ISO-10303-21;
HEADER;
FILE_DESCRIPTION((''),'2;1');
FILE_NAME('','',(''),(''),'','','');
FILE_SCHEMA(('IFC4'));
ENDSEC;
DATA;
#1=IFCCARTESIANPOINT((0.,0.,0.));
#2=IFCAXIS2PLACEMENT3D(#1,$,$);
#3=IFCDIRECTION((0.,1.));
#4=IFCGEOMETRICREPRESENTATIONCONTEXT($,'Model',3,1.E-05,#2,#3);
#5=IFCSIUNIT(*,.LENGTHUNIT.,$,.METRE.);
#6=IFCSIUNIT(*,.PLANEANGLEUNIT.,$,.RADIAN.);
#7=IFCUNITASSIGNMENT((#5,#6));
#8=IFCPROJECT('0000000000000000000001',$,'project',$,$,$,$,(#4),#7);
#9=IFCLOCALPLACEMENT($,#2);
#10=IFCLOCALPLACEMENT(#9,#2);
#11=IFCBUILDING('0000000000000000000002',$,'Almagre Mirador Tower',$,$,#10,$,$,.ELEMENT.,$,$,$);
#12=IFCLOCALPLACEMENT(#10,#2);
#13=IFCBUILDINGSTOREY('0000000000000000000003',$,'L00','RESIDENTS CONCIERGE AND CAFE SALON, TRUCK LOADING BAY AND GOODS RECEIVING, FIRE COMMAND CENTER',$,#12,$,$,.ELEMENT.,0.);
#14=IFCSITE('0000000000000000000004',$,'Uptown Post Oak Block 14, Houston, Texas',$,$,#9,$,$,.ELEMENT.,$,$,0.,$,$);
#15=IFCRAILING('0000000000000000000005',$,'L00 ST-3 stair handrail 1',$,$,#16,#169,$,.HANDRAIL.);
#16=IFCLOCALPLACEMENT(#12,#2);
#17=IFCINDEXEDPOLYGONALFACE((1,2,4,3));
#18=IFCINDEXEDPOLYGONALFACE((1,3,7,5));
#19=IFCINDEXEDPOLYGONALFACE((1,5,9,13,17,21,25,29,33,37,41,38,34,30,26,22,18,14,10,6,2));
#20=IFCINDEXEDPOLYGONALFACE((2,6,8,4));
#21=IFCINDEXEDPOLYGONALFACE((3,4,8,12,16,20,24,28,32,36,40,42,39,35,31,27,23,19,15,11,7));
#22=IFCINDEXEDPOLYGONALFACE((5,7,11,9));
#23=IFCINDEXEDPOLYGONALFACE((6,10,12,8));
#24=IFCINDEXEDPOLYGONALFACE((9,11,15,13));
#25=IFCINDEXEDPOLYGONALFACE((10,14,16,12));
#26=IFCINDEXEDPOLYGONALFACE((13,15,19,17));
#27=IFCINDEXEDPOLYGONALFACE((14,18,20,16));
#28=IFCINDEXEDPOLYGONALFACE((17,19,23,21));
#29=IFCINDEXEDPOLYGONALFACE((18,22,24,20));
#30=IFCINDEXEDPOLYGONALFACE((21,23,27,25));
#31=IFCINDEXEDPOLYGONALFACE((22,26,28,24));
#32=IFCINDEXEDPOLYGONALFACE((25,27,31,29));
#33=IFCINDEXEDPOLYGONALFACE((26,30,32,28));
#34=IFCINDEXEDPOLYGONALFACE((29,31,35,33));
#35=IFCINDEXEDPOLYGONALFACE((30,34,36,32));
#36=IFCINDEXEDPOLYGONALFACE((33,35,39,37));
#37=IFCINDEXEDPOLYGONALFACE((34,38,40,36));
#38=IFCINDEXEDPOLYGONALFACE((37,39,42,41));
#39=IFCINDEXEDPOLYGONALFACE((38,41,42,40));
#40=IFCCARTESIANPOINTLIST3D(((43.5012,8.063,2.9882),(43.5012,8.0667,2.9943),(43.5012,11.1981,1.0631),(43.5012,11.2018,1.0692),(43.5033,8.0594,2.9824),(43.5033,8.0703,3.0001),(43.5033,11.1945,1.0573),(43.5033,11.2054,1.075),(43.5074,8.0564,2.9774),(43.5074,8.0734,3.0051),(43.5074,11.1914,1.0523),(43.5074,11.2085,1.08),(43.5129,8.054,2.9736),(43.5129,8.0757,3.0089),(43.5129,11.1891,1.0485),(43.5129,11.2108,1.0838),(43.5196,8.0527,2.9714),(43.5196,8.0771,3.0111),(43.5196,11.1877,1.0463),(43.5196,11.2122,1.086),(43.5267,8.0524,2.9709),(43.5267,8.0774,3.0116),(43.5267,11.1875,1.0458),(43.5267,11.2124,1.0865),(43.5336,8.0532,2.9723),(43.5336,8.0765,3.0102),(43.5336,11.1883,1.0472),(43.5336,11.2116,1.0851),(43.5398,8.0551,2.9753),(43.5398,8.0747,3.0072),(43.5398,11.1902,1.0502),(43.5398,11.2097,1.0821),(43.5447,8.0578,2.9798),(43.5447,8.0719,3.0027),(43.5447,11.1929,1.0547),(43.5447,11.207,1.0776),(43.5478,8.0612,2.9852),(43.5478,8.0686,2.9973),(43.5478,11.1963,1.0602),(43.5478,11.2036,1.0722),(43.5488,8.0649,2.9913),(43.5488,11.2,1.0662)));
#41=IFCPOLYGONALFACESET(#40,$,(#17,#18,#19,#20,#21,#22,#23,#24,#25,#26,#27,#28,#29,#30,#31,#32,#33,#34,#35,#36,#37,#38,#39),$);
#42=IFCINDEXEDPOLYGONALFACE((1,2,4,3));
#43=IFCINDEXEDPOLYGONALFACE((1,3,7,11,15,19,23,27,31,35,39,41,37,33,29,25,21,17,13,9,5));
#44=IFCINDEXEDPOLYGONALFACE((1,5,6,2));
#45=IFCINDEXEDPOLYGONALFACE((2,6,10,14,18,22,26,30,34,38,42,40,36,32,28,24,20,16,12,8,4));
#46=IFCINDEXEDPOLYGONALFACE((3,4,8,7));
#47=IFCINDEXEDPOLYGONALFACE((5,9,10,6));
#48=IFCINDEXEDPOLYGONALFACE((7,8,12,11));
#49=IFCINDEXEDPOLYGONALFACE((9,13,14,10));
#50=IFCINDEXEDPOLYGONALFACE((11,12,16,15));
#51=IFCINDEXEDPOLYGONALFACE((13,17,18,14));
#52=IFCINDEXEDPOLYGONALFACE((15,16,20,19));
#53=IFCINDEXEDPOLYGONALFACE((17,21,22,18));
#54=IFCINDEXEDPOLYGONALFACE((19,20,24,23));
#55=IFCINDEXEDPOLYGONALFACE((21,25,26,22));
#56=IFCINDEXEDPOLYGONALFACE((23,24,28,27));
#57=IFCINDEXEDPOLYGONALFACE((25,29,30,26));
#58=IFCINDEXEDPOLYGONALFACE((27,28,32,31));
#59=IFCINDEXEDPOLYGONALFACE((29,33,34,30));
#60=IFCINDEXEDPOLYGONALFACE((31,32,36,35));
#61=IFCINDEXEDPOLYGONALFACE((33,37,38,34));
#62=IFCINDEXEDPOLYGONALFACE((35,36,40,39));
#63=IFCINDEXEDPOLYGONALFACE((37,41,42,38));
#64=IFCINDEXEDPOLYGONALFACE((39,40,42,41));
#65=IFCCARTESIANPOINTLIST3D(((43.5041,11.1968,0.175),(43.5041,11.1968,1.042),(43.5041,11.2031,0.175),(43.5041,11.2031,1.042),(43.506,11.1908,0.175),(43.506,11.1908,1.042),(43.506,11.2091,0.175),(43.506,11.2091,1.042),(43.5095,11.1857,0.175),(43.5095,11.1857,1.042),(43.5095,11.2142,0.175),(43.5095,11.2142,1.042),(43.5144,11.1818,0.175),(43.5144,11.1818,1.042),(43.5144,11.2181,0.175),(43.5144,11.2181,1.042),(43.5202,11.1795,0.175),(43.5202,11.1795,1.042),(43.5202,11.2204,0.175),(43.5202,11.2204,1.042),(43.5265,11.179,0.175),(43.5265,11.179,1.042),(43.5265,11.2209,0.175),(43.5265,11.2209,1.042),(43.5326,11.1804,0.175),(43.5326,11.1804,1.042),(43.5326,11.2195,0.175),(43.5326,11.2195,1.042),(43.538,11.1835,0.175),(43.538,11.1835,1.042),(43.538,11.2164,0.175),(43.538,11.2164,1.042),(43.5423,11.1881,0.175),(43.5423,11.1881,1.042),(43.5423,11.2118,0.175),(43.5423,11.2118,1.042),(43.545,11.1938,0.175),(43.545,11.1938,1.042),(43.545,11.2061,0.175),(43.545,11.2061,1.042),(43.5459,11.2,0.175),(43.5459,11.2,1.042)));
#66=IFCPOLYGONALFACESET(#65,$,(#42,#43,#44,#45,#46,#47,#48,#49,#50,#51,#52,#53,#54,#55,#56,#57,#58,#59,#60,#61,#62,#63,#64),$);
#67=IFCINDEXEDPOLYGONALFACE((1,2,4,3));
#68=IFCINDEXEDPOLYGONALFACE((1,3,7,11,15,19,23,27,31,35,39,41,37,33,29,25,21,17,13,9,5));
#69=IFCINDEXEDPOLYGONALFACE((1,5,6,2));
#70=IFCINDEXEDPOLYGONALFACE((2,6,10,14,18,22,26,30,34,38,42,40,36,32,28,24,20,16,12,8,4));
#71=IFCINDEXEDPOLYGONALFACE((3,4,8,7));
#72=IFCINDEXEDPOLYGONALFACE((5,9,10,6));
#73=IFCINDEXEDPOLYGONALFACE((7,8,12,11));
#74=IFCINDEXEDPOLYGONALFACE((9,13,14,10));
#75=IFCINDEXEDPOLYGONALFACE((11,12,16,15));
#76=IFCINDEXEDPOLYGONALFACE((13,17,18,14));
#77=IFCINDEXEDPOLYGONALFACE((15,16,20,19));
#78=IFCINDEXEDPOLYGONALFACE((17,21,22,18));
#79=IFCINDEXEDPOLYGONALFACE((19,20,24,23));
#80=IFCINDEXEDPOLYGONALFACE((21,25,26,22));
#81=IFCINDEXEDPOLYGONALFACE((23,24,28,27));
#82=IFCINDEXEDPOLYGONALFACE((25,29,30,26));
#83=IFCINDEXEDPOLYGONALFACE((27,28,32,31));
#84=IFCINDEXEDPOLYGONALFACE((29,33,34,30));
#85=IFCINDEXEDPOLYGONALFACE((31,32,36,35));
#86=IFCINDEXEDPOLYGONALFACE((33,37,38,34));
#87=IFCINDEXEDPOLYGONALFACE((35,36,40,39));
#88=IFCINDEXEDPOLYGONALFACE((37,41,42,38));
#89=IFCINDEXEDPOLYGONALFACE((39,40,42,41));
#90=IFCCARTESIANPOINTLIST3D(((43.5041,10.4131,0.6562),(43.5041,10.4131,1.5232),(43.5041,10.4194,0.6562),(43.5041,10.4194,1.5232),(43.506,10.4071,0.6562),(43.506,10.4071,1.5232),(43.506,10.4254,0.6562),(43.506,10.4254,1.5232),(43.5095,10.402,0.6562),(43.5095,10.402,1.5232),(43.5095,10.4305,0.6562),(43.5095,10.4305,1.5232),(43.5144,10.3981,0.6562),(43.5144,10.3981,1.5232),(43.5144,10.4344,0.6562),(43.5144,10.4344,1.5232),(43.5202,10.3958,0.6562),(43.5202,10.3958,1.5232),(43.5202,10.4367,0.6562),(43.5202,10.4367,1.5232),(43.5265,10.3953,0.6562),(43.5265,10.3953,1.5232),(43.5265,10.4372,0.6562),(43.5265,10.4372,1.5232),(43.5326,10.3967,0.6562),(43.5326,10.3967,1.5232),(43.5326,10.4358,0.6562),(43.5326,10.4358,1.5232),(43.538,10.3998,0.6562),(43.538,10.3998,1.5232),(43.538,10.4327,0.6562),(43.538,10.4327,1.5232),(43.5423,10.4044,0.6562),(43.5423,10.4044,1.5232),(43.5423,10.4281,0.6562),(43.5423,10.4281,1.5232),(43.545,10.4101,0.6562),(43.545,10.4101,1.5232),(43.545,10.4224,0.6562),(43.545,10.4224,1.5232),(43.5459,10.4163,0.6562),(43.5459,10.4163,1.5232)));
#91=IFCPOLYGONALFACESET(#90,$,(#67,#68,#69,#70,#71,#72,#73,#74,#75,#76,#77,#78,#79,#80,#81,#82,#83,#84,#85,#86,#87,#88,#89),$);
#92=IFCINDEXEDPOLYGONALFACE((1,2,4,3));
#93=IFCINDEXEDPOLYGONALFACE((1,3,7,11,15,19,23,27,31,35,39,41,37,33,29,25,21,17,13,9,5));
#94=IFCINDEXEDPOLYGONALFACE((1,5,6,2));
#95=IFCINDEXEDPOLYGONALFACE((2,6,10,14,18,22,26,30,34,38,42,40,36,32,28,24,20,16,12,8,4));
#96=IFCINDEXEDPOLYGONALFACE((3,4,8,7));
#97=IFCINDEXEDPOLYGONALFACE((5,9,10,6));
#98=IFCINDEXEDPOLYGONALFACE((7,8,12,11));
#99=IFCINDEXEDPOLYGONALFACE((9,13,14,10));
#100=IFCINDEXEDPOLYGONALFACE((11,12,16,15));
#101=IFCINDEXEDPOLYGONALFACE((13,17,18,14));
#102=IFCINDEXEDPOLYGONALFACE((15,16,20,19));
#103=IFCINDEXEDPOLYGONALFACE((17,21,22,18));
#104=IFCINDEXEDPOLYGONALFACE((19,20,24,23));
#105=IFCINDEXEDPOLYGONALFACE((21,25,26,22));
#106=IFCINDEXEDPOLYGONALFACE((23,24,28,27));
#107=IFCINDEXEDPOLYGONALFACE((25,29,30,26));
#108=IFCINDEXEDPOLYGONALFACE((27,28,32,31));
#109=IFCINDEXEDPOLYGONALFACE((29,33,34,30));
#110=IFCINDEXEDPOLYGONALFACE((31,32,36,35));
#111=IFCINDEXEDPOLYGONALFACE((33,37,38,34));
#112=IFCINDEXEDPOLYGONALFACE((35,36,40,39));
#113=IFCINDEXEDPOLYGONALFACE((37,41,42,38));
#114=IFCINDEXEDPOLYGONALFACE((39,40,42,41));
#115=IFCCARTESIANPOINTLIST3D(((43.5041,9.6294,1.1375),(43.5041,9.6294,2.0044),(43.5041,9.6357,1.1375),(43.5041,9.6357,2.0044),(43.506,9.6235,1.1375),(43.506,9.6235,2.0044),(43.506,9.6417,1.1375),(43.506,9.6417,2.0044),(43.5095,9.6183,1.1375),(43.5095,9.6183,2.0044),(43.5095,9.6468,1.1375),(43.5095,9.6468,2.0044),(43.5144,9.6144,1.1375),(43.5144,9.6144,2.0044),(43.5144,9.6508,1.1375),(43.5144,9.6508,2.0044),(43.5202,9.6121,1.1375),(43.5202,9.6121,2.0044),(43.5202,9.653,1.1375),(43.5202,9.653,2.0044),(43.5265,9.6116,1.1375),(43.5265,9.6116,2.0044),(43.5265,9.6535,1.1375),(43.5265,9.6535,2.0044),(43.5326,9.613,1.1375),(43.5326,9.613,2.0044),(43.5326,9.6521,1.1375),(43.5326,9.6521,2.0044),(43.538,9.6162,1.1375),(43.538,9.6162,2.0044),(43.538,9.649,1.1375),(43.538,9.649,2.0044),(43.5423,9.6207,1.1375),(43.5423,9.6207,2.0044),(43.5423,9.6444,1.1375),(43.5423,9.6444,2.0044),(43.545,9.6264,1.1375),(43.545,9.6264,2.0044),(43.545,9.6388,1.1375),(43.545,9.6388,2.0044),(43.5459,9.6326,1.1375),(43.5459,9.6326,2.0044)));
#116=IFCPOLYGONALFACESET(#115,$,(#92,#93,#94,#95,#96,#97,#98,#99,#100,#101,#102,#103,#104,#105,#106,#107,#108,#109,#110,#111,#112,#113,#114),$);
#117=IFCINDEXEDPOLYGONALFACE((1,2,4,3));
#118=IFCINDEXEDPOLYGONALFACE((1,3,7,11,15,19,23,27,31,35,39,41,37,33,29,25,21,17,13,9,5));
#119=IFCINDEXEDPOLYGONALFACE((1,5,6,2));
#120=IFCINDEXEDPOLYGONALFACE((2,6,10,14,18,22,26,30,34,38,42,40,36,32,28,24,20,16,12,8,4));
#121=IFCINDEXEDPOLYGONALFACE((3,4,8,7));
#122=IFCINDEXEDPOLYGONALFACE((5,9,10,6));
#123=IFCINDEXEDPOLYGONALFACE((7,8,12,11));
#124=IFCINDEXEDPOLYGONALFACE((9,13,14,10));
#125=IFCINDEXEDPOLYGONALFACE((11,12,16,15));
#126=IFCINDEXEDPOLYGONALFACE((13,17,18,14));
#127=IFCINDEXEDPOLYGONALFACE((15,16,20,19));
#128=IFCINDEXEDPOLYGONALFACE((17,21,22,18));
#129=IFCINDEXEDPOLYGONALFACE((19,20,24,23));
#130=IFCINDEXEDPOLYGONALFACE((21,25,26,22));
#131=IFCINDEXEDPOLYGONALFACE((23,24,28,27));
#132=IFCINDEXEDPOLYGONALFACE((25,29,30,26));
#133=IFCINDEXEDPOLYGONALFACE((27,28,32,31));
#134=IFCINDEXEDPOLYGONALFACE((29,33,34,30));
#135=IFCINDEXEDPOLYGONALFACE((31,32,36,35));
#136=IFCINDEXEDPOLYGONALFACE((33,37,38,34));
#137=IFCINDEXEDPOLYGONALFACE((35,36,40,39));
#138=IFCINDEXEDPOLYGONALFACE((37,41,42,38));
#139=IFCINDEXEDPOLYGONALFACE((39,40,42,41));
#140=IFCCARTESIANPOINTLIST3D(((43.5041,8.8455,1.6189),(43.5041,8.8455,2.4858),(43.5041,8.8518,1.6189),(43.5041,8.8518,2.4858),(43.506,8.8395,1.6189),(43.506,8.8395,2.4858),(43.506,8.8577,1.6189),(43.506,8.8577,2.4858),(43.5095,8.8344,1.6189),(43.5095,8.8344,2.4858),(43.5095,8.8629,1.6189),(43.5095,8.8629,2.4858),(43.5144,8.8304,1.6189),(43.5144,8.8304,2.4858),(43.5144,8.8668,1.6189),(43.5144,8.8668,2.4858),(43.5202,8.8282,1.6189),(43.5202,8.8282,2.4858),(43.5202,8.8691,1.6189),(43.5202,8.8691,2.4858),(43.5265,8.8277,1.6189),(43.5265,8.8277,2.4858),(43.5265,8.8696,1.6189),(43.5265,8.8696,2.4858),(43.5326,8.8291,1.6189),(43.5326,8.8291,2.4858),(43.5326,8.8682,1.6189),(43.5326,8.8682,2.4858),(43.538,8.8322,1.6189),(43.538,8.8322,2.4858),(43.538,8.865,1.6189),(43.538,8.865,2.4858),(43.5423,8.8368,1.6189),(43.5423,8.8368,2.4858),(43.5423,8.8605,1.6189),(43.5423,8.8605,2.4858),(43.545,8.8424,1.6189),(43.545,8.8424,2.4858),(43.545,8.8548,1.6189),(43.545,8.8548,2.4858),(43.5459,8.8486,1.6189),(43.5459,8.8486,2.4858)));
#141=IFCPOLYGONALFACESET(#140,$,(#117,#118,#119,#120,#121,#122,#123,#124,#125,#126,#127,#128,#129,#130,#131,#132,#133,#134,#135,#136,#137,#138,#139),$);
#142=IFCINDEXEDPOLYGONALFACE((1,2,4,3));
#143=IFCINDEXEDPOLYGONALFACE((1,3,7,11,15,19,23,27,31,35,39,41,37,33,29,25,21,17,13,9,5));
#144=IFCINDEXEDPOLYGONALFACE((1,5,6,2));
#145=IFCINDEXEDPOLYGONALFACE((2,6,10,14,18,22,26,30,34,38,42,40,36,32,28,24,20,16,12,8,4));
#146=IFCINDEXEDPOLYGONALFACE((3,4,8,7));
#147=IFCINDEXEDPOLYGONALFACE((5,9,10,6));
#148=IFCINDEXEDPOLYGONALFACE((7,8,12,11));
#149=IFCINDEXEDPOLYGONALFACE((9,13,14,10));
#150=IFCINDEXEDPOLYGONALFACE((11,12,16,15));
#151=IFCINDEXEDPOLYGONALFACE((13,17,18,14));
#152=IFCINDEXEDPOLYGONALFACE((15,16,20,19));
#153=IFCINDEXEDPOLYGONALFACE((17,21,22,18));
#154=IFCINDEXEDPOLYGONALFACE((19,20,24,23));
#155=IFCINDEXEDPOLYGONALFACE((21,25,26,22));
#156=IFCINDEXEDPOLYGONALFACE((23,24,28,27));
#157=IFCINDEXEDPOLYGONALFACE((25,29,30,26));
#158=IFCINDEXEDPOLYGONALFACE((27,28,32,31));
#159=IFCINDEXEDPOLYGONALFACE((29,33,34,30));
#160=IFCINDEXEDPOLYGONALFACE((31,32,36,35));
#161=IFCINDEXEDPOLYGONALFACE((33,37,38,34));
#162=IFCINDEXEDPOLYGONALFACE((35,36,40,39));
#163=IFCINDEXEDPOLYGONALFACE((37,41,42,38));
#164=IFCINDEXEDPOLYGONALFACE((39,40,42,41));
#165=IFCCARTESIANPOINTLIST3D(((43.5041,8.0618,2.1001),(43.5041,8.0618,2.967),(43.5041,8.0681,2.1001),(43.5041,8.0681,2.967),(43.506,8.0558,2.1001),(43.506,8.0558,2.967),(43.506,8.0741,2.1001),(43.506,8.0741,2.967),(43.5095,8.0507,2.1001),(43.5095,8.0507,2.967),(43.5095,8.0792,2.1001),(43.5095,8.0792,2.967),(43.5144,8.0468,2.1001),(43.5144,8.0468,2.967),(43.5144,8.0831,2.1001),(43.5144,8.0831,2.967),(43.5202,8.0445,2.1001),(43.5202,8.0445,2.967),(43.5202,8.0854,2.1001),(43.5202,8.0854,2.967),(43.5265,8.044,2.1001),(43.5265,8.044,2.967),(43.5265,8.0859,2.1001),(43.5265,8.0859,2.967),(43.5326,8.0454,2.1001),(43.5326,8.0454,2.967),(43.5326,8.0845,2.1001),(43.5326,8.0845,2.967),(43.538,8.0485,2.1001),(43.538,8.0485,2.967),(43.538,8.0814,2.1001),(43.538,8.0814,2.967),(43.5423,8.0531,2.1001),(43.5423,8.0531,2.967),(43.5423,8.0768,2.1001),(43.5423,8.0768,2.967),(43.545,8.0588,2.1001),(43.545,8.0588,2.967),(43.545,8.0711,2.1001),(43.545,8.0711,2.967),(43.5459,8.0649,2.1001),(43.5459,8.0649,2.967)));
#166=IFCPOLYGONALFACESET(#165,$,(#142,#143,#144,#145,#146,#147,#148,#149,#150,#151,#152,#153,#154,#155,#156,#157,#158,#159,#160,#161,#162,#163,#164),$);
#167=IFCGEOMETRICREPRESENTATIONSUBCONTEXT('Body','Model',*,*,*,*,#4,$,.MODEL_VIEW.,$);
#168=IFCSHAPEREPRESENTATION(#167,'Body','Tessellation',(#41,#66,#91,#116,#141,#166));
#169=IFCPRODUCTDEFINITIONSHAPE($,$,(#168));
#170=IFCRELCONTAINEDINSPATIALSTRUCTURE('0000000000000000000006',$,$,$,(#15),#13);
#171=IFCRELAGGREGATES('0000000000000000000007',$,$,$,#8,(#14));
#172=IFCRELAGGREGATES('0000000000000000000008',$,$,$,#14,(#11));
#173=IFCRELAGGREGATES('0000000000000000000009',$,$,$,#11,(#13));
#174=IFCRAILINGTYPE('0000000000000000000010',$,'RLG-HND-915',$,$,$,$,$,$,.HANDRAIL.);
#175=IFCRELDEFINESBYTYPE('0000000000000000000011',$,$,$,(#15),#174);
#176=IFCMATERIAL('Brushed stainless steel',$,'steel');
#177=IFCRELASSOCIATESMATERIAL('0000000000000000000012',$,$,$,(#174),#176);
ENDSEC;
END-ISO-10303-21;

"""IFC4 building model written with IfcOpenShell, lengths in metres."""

from ifc_helpers import new_model, si_unit, direction, frame, origin, origin_2d, place, context, subcontext, project, spatial, circle, extrude, material, type_object, element, save


model = new_model("IFC4")

# Units and contexts
model_context = context("Model", 3, precision=1e-05, world=origin(), true_north=direction((0.0, 1.0)))
body_context = subcontext(model_context, "Body", "Model", "MODEL_VIEW")
ifc_project = project(units=[si_unit("LENGTHUNIT", "METRE"), si_unit("PLANEANGLEUNIT", "RADIAN")], contexts=[model_context])

# Site, building, storey
site_placement = place(None, origin())
site = spatial("IfcSite", under=ifc_project, at=site_placement, Name="Uptown Post Oak Block 14, Houston, Texas", CompositionType="ELEMENT", RefElevation=0.0)
building_placement = place(site_placement, origin())
building = spatial("IfcBuilding", under=site, at=building_placement, Name="Almagre Mirador Tower", CompositionType="ELEMENT")
storey_placement = place(building_placement, origin())
storey = spatial("IfcBuildingStorey", under=building, at=storey_placement, Name="L00", Description="RESIDENTS CONCIERGE AND CAFE SALON, TRUCK LOADING BAY AND GOODS RECEIVING, FIRE COMMAND CENTER", CompositionType="ELEMENT", Elevation=0.0)

# Railing
ifc_material_1 = material(Name="Brushed stainless steel", Category="steel")
railing_type_1 = type_object("IfcRailingType", Name="RLG-HND-915", PredefinedType="HANDRAIL", material=ifc_material_1)
railing_1_placement = place(storey_placement, frame((43.5249, 11.2, 0.175)))
element("IfcRailing", 1, at=railing_1_placement, inside=storey, type_object=railing_type_1, Name="L00 ST-3 stair handrail 1", PredefinedType="HANDRAIL", context=body_context, shape_type="SweptSolid", body=[
    extrude(circle(Radius=0.0239, at=origin_2d()), frame((0.0, 0.0, 0.8911), z_axis=(0.0, -0.852166, 0.523271), x_axis=(1.0, 0.0, 0.0)), (0.0, 0.0, 1.0), 3.679),
    extrude(circle(Radius=0.021, at=origin_2d()), origin(), (0.0, 0.0, 1.0), 0.8669),
    extrude(circle(Radius=0.021, at=origin_2d()), frame((0.0, -0.7837, 0.4812)), (0.0, 0.0, 1.0), 0.8669),
    extrude(circle(Radius=0.021, at=origin_2d()), frame((0.0, -1.5674, 0.9624)), (0.0, 0.0, 1.0), 0.8669),
    extrude(circle(Radius=0.021, at=origin_2d()), frame((0.0, -2.3513, 1.4438)), (0.0, 0.0, 1.0), 0.8669),
    extrude(circle(Radius=0.021, at=origin_2d()), frame((0.0, -3.135, 1.925)), (0.0, 0.0, 1.0), 0.8669),
])

save(model, "model.ifc")
